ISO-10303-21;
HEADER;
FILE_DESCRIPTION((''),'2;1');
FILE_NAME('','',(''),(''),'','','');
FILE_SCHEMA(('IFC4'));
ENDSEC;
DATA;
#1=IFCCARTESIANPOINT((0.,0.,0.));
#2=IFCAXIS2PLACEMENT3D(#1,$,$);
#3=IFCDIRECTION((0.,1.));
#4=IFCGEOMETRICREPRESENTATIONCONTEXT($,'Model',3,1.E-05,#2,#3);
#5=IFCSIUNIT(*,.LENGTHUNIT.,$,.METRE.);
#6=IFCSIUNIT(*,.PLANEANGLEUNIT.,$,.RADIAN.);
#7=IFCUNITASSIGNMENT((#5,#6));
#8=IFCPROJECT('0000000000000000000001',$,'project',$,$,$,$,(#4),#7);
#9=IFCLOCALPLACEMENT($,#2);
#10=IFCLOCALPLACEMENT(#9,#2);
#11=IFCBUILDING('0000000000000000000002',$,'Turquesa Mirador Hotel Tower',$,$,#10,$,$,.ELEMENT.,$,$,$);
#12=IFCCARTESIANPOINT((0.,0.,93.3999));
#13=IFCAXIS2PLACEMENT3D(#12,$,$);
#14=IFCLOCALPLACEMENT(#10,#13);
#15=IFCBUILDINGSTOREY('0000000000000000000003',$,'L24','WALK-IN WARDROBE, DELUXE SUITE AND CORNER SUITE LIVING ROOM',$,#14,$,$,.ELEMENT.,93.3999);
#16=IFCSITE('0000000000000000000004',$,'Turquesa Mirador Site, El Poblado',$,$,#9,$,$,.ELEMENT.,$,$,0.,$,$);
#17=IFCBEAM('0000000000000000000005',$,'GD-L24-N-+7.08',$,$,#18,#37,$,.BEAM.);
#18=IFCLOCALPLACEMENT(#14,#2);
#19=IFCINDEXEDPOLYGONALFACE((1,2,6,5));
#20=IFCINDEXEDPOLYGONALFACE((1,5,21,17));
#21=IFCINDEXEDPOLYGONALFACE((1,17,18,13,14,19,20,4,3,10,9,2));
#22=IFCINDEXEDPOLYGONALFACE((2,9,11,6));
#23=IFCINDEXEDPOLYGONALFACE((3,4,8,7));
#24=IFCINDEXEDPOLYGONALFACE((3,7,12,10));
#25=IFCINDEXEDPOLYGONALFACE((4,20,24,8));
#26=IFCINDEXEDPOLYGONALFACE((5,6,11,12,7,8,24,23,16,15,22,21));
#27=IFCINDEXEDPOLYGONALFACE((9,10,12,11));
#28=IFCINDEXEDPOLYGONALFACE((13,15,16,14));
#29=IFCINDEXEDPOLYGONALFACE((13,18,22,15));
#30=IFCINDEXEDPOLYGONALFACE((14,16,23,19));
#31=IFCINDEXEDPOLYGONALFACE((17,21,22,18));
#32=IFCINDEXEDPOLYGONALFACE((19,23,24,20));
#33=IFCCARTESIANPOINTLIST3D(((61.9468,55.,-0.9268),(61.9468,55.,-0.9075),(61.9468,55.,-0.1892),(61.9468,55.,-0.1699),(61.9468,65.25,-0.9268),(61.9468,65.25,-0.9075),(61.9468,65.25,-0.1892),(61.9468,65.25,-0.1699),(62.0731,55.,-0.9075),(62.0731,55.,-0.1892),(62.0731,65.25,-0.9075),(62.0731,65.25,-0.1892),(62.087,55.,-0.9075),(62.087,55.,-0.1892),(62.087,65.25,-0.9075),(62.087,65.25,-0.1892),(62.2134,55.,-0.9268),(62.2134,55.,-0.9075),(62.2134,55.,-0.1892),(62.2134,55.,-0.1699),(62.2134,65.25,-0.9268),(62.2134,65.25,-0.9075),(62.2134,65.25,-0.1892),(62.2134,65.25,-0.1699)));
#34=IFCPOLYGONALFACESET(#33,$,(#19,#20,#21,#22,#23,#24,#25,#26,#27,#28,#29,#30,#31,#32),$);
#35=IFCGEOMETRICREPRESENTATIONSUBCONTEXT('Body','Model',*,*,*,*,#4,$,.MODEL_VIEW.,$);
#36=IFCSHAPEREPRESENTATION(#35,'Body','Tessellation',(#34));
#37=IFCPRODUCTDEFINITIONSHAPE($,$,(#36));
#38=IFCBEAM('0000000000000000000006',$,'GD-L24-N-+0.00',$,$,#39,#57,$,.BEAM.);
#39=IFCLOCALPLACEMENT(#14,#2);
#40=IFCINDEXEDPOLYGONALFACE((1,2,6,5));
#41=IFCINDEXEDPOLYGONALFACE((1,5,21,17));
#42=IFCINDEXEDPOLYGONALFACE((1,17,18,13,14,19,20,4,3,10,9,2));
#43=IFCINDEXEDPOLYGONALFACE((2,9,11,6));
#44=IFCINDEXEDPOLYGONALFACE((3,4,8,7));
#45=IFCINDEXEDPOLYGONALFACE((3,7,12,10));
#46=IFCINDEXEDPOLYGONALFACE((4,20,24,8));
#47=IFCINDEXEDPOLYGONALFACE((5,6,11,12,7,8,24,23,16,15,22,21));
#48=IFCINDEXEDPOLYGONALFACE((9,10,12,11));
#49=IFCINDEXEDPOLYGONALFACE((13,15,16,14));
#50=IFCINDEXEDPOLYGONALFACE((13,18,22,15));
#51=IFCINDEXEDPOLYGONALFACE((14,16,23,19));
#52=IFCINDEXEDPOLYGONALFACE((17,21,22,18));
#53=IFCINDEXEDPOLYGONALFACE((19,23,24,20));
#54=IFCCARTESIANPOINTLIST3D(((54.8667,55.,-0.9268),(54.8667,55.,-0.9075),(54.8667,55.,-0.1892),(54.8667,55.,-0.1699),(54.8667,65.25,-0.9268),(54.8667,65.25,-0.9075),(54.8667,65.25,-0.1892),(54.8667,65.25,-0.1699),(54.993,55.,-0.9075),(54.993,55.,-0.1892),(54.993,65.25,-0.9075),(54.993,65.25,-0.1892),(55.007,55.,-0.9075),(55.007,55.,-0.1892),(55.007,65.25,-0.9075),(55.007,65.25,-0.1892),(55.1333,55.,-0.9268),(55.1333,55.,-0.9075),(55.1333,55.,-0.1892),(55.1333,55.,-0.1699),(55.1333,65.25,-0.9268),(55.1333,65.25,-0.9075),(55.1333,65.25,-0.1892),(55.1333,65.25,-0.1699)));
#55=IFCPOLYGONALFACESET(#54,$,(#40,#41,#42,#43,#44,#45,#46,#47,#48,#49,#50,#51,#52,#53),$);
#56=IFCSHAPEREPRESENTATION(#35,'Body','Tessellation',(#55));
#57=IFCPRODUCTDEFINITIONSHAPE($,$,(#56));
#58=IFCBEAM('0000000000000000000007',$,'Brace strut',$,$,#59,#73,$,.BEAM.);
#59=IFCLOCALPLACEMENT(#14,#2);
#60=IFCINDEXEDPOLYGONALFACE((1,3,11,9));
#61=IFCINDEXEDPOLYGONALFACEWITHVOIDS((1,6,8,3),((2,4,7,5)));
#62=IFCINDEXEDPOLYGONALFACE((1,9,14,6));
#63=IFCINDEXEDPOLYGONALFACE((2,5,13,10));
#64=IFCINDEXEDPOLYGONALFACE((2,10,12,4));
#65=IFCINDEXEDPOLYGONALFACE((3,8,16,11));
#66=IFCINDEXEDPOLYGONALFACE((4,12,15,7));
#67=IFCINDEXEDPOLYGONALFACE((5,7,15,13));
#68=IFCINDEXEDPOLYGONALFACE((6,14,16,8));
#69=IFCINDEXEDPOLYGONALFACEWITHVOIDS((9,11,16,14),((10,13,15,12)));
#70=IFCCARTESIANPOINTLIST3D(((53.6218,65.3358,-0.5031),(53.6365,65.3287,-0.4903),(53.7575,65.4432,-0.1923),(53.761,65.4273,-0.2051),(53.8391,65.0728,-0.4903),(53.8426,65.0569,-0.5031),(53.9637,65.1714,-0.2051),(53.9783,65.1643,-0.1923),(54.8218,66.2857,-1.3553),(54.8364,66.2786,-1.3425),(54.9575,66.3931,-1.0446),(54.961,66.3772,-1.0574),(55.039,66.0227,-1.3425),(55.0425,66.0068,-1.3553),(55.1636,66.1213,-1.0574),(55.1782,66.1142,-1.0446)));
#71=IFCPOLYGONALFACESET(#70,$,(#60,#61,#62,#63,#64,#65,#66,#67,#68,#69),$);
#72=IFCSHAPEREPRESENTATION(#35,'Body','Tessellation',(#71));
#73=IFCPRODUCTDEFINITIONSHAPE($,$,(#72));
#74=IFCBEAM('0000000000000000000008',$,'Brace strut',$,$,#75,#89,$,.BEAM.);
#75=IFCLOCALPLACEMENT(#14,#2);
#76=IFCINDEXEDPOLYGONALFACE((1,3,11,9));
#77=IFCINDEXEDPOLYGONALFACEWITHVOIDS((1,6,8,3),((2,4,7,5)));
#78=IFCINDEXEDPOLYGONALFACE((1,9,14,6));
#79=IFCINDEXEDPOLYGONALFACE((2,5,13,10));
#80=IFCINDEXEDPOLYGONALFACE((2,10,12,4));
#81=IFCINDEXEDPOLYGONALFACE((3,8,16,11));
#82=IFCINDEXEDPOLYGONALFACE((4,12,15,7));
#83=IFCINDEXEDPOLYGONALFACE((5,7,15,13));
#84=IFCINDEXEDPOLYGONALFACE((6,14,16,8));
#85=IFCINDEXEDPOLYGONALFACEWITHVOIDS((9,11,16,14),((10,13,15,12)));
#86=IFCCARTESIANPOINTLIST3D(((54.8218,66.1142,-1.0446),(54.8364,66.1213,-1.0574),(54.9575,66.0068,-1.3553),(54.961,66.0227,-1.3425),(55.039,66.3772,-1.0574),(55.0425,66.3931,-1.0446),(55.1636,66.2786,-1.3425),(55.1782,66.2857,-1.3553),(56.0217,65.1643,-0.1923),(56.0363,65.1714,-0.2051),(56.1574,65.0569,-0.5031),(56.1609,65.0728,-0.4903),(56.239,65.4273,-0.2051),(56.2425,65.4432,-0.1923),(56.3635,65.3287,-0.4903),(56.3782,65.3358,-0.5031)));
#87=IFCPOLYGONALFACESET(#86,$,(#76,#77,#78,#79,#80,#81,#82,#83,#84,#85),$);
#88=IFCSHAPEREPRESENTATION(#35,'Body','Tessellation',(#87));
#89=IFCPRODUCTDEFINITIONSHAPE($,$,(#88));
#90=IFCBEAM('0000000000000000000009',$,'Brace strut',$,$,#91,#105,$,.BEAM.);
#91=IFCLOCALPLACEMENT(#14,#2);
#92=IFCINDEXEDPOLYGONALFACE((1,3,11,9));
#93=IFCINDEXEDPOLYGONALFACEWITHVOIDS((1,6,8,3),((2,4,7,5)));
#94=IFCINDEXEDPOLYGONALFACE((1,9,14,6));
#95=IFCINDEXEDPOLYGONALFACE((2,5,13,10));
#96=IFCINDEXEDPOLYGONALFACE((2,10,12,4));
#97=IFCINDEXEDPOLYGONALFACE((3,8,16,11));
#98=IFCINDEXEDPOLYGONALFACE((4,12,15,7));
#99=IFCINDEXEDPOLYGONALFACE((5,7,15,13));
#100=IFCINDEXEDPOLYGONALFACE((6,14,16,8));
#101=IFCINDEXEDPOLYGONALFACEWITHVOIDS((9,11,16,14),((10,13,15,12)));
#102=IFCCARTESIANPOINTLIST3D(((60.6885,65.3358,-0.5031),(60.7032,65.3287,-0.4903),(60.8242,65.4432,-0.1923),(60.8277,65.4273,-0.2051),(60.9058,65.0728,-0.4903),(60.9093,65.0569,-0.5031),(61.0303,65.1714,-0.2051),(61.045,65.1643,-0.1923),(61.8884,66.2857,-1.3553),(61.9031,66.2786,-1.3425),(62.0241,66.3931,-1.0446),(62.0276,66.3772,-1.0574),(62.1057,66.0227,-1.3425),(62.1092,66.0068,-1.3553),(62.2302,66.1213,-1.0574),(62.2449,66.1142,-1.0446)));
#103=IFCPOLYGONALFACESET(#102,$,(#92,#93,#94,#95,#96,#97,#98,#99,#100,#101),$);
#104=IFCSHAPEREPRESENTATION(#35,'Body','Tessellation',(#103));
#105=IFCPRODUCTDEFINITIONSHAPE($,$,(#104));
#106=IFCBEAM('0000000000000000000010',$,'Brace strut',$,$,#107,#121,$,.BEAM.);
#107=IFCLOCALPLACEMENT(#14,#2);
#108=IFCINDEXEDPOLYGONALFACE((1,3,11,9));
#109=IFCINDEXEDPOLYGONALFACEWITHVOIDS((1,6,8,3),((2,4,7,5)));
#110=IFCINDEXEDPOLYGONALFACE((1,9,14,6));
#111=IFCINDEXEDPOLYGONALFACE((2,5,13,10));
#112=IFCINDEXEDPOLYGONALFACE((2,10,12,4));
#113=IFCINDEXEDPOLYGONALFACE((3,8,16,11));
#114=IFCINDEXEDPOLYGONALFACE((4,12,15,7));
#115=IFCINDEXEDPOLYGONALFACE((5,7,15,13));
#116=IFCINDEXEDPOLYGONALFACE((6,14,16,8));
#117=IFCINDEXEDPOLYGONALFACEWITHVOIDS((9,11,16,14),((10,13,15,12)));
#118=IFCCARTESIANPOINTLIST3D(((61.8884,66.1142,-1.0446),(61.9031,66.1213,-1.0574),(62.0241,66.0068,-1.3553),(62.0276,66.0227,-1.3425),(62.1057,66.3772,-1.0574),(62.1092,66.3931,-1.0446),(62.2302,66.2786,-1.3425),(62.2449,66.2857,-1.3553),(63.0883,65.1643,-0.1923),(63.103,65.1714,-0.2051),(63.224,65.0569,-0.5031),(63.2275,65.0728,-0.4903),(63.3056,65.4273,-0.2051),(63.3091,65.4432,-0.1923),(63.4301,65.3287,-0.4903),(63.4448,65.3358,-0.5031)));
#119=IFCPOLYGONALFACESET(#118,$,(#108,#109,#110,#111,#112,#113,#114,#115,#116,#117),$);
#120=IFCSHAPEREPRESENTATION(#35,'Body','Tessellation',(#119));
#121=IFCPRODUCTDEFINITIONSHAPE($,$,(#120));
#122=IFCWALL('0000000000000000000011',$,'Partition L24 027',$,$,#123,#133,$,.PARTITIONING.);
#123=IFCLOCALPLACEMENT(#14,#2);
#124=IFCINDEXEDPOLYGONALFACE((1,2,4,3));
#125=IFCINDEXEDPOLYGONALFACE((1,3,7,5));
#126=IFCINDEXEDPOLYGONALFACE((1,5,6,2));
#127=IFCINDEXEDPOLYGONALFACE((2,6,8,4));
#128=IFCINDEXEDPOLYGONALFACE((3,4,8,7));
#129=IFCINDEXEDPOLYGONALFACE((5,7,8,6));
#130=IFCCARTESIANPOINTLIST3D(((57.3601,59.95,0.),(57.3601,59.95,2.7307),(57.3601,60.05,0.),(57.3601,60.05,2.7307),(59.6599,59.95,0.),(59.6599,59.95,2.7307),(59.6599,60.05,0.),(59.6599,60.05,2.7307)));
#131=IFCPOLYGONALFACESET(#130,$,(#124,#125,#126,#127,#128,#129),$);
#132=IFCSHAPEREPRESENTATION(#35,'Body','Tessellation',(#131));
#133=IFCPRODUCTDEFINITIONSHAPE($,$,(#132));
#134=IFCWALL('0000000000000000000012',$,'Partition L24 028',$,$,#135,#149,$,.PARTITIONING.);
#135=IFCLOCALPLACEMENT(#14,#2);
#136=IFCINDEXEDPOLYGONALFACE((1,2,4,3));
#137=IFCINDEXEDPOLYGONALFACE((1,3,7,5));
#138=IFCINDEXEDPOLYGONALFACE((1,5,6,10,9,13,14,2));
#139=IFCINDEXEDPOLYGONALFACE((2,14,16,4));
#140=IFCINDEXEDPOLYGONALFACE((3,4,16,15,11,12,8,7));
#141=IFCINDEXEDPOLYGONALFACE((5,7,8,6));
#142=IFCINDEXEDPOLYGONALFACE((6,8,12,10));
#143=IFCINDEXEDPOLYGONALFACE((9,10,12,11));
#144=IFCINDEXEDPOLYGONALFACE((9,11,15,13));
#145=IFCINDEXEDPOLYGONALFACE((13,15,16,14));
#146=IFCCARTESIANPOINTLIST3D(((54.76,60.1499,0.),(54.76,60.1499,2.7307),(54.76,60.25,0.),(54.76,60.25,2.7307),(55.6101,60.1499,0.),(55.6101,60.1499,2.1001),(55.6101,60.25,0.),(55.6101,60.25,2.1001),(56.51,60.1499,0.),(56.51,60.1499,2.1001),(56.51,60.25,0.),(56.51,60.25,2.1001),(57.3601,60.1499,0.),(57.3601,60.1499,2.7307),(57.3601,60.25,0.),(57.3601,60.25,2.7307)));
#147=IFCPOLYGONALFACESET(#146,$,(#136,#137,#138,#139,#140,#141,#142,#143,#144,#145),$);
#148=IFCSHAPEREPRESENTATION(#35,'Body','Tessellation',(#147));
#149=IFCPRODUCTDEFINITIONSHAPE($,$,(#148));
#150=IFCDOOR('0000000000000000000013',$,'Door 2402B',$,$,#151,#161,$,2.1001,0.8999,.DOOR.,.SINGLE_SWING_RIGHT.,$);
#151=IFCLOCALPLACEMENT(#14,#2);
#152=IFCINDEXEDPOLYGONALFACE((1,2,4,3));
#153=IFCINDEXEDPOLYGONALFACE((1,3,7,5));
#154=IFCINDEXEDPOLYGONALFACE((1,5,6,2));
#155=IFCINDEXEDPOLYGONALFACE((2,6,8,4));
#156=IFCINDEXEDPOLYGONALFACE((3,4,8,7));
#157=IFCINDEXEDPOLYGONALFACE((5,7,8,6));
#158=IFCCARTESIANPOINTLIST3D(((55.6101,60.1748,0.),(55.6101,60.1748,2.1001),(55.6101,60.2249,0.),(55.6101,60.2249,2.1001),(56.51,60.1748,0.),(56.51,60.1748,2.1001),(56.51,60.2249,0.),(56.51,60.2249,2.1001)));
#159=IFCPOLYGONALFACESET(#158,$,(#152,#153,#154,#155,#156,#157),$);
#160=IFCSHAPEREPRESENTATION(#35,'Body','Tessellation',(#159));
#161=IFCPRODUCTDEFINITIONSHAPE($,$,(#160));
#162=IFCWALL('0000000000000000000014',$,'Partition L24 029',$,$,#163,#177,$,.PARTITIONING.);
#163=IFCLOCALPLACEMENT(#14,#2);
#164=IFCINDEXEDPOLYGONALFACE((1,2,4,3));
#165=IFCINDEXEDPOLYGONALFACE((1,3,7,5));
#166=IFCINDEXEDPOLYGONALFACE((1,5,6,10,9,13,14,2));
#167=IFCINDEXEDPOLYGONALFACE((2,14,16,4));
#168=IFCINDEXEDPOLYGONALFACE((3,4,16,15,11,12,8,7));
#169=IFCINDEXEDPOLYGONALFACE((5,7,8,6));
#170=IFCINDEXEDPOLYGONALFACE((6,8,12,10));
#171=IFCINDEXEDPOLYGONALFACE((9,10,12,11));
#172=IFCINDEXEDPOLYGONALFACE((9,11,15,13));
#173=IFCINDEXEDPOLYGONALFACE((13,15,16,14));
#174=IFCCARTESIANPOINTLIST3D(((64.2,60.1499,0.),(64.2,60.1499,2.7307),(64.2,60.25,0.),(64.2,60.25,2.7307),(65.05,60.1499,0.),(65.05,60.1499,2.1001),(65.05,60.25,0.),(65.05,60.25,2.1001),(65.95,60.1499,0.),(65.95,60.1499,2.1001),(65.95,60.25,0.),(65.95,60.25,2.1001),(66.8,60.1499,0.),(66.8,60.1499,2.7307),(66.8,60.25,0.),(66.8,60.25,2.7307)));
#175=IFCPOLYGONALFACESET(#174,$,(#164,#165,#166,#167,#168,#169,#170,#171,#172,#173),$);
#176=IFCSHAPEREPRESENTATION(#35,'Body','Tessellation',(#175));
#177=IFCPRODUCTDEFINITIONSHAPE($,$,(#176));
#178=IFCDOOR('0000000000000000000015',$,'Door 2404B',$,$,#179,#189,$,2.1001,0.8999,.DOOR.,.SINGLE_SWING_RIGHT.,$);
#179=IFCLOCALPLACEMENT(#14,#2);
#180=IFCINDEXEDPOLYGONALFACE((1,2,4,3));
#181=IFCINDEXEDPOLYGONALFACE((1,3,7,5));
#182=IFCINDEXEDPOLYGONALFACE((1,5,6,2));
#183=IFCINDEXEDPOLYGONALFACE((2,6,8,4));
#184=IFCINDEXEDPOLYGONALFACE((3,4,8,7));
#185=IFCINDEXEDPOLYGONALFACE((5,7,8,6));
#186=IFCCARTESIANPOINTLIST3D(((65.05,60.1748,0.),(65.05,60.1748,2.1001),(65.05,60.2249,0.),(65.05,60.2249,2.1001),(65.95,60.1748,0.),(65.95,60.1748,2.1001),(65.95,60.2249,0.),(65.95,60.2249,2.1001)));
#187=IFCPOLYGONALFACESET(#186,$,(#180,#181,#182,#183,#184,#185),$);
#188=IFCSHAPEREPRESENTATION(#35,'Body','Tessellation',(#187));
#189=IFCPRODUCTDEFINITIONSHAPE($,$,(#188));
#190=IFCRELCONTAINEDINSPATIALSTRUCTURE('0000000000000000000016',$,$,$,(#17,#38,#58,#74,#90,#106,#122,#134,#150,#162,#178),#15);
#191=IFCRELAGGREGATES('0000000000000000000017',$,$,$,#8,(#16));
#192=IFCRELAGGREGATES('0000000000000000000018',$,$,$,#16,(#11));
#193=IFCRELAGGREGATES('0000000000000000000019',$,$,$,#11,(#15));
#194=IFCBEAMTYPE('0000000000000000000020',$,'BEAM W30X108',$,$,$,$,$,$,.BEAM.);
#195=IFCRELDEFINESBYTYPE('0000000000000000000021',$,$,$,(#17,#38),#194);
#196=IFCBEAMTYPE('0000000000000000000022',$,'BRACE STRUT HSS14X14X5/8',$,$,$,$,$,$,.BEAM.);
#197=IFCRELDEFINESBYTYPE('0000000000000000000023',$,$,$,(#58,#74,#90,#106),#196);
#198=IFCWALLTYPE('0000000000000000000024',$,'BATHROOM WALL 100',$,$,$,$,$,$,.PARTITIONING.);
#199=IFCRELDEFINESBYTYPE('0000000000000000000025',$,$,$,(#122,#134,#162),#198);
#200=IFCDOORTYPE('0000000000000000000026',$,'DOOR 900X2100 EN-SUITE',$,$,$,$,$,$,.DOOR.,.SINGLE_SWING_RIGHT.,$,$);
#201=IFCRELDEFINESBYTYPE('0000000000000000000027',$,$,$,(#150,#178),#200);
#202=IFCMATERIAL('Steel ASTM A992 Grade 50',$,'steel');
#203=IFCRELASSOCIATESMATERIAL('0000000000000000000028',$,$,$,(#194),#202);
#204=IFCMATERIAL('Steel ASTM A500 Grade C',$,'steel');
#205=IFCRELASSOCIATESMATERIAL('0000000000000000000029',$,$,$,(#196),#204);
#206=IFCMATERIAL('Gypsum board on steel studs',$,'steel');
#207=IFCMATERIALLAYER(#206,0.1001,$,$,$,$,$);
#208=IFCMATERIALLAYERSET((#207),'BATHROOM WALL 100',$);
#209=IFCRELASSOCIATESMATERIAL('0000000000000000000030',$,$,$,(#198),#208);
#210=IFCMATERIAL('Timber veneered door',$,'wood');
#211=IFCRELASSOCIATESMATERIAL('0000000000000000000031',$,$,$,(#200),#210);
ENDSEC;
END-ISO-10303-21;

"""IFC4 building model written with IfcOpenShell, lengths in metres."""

from ifc_helpers import new_model, si_unit, direction, frame, frame_2d, origin, origin_2d, place, context, subcontext, project, spatial, rectangle, hollow_rectangle, i_section, extrude, material, layer, layer_set, material_profile, profile_set, type_object, element, fill, save


model = new_model("IFC4")

# Units and contexts
model_context = context("Model", 3, precision=1e-05, world=origin(), true_north=direction((0.0, 1.0)))
body_context = subcontext(model_context, "Body", "Model", "MODEL_VIEW")
ifc_project = project(units=[si_unit("LENGTHUNIT", "METRE"), si_unit("PLANEANGLEUNIT", "RADIAN")], contexts=[model_context])

# Site, building, storey
site_placement = place(None, origin())
site = spatial("IfcSite", under=ifc_project, at=site_placement, Name="Turquesa Mirador Site, El Poblado", CompositionType="ELEMENT", RefElevation=0.0)
building_placement = place(site_placement, origin())
building = spatial("IfcBuilding", under=site, at=building_placement, Name="Turquesa Mirador Hotel Tower", CompositionType="ELEMENT")
storey_placement = place(building_placement, frame((0.0, 0.0, 93.3999)))
storey = spatial("IfcBuildingStorey", under=building, at=storey_placement, Name="L24", Description="WALK-IN WARDROBE, DELUXE SUITE AND CORNER SUITE LIVING ROOM", CompositionType="ELEMENT", Elevation=93.3999)

# Beams
ifc_material_1 = material(Name="Steel ASTM A992 Grade 50", Category="steel")
ifc_material_profile_1 = material_profile(ifc_material_1, i_section(OverallWidth=0.2666, OverallDepth=0.7568, WebThickness=0.0139, FlangeThickness=0.0193, at=origin_2d()), Name="W30X108")
ifc_profile_set_1 = profile_set([ifc_material_profile_1], Name="Steel ASTM A992 Grade 50")
beam_type_1 = type_object("IfcBeamType", Name="BEAM W30X108", PredefinedType="BEAM", material=ifc_profile_set_1)
for number, where, z_axis, x_axis, name in (
    (1, (62.0801, 65.25, -0.5483), (0.0, -1.0, 0.0), (1.0, 0.0, 0.0), "GD-L24-N-+7.08"),
    (2, (55.0, 65.25, -0.5483), (0.0, -1.0, 0.0), (1.0, 0.0, 0.0), "GD-L24-N-+0.00"),
):
    element("IfcBeam", number, at=place(storey_placement, frame(where, z_axis=z_axis, x_axis=x_axis)), inside=storey, type_object=beam_type_1, Name=name, PredefinedType="BEAM", context=body_context, shape_type="SweptSolid", body=[
        extrude(i_section(OverallWidth=0.2666, OverallDepth=0.7568, WebThickness=0.0139, FlangeThickness=0.0193, at=origin_2d()), origin(), (0.0, 0.0, 1.0), 10.25),
    ])
ifc_material_2 = material(Name="Steel ASTM A500 Grade C", Category="steel")
ifc_material_profile_2 = material_profile(ifc_material_2, hollow_rectangle(XDim=0.3557, YDim=0.3557, WallThickness=0.0146, at=origin_2d()), Name="HSS14X14X5/8")
ifc_profile_set_2 = profile_set([ifc_material_profile_2], Name="Steel ASTM A500 Grade C")
beam_type_2 = type_object("IfcBeamType", Name="BRACE STRUT HSS14X14X5/8", PredefinedType="BEAM", material=ifc_profile_set_2)
for number, where, z_axis, x_axis, name in (
    (3, (55.0, 66.2, -1.2), (-0.684994, -0.542281, 0.486534), (0.620699, -0.784049, 0.0), "Brace strut"),
    (4, (55.0, 66.2, -1.2), (0.684994, -0.542281, 0.486534), (0.620699, 0.784049, 0.0), "Brace strut"),
    (5, (62.0667, 66.2, -1.2), (-0.684994, -0.542281, 0.486534), (0.620699, -0.784049, 0.0), "Brace strut"),
    (6, (62.0667, 66.2, -1.2), (0.684994, -0.542281, 0.486534), (0.620699, 0.784049, 0.0), "Brace strut"),
):
    element("IfcBeam", number, at=place(storey_placement, frame(where, z_axis=z_axis, x_axis=x_axis)), inside=storey, type_object=beam_type_2, Name=name, PredefinedType="BEAM", context=body_context, shape_type="SweptSolid", body=[
        extrude(hollow_rectangle(XDim=0.3557, YDim=0.3557, WallThickness=0.0146, at=origin_2d()), origin(), (0.0, 0.0, 1.0), 1.7517),
    ])

# Wall
ifc_material_3 = material(Name="Gypsum board on steel studs", Category="steel")
ifc_layer_1 = layer(ifc_material_3, 0.1001)
ifc_layer_set_1 = layer_set([ifc_layer_1], Name="BATHROOM WALL 100")
wall_type_1 = type_object("IfcWallType", Name="BATHROOM WALL 100", PredefinedType="PARTITIONING", material=ifc_layer_set_1)
wall_1_placement = place(storey_placement, frame((57.3601, 60.0, 0.0), z_axis=(0.0, 0.0, 1.0), x_axis=(1.0, 0.0, 0.0)))
element("IfcWall", 7, at=wall_1_placement, inside=storey, type_object=wall_type_1, Name="Partition L24 027", PredefinedType="PARTITIONING", context=body_context, shape_type="SweptSolid", body=[
    extrude(rectangle(XDim=2.2998, YDim=0.1001, at=frame_2d((1.1499, 0.0))), origin(), (0.0, 0.0, 1.0), 2.7307),
])

# Walls, openings, doors
wall_2_placement = place(storey_placement, frame((54.76, 60.2, 0.0), z_axis=(0.0, 0.0, 1.0), x_axis=(1.0, 0.0, 0.0)))
wall_2 = element("IfcWall", 8, at=wall_2_placement, inside=storey, type_object=wall_type_1, Name="Partition L24 028", PredefinedType="PARTITIONING", context=body_context, shape_type="SweptSolid", body=[
    extrude(rectangle(XDim=2.6001, YDim=0.1001, at=frame_2d((1.3, 0.0))), origin(), (0.0, 0.0, 1.0), 2.7307),
])
opening_1_placement = place(wall_2_placement, frame((0.8501, 0.0, 0.0)))
opening_1 = element("IfcOpeningElement", 9, at=opening_1_placement, cuts=wall_2, PredefinedType="OPENING", context=body_context, shape_type="SweptSolid", body=[
    extrude(rectangle(XDim=0.8999, YDim=2.1001, at=frame_2d((0.45, 1.05))), frame((0.0, 0.0601, 0.0), z_axis=(0.0, -1.0, 0.0), x_axis=(1.0, 0.0, 0.0)), (0.0, 0.0, 1.0), 0.1201),
])
ifc_material_4 = material(Name="Timber veneered door", Category="wood")
door_type = type_object("IfcDoorType", Name="DOOR 900X2100 EN-SUITE", OperationType="SINGLE_SWING_RIGHT", PredefinedType="DOOR", material=ifc_material_4)
door_1_placement = place(opening_1_placement, origin())
door_1 = element("IfcDoor", 10, at=door_1_placement, inside=storey, type_object=door_type, Name="Door 2402B", OperationType="SINGLE_SWING_RIGHT", OverallHeight=2.1001, OverallWidth=0.8999, PredefinedType="DOOR", context=body_context, shape_type="SweptSolid", body=[
    extrude(rectangle(XDim=0.8999, YDim=2.1001, at=frame_2d((0.45, 1.05))), frame((0.0, 0.0249, 0.0), z_axis=(0.0, -1.0, 0.0), x_axis=(1.0, 0.0, 0.0)), (0.0, 0.0, 1.0), 0.05),
])
fill(opening_1, door_1)
wall_3_placement = place(storey_placement, frame((64.2, 60.2, 0.0), z_axis=(0.0, 0.0, 1.0), x_axis=(1.0, 0.0, 0.0)))
wall_3 = element("IfcWall", 11, at=wall_3_placement, inside=storey, type_object=wall_type_1, Name="Partition L24 029", PredefinedType="PARTITIONING", context=body_context, shape_type="SweptSolid", body=[
    extrude(rectangle(XDim=2.6001, YDim=0.1001, at=frame_2d((1.3, 0.0))), origin(), (0.0, 0.0, 1.0), 2.7307),
])
opening_2_placement = place(wall_3_placement, frame((0.8501, 0.0, 0.0)))
opening_2 = element("IfcOpeningElement", 12, at=opening_2_placement, cuts=wall_3, PredefinedType="OPENING", context=body_context, shape_type="SweptSolid", body=[
    extrude(rectangle(XDim=0.8999, YDim=2.1001, at=frame_2d((0.45, 1.05))), frame((0.0, 0.0601, 0.0), z_axis=(0.0, -1.0, 0.0), x_axis=(1.0, 0.0, 0.0)), (0.0, 0.0, 1.0), 0.1201),
])
door_2_placement = place(opening_2_placement, origin())
door_2 = element("IfcDoor", 13, at=door_2_placement, inside=storey, type_object=door_type, Name="Door 2404B", OperationType="SINGLE_SWING_RIGHT", OverallHeight=2.1001, OverallWidth=0.8999, PredefinedType="DOOR", context=body_context, shape_type="SweptSolid", body=[
    extrude(rectangle(XDim=0.8999, YDim=2.1001, at=frame_2d((0.45, 1.05))), frame((0.0, 0.0249, 0.0), z_axis=(0.0, -1.0, 0.0), x_axis=(1.0, 0.0, 0.0)), (0.0, 0.0, 1.0), 0.05),
])
fill(opening_2, door_2)

save(model, "model.ifc")
